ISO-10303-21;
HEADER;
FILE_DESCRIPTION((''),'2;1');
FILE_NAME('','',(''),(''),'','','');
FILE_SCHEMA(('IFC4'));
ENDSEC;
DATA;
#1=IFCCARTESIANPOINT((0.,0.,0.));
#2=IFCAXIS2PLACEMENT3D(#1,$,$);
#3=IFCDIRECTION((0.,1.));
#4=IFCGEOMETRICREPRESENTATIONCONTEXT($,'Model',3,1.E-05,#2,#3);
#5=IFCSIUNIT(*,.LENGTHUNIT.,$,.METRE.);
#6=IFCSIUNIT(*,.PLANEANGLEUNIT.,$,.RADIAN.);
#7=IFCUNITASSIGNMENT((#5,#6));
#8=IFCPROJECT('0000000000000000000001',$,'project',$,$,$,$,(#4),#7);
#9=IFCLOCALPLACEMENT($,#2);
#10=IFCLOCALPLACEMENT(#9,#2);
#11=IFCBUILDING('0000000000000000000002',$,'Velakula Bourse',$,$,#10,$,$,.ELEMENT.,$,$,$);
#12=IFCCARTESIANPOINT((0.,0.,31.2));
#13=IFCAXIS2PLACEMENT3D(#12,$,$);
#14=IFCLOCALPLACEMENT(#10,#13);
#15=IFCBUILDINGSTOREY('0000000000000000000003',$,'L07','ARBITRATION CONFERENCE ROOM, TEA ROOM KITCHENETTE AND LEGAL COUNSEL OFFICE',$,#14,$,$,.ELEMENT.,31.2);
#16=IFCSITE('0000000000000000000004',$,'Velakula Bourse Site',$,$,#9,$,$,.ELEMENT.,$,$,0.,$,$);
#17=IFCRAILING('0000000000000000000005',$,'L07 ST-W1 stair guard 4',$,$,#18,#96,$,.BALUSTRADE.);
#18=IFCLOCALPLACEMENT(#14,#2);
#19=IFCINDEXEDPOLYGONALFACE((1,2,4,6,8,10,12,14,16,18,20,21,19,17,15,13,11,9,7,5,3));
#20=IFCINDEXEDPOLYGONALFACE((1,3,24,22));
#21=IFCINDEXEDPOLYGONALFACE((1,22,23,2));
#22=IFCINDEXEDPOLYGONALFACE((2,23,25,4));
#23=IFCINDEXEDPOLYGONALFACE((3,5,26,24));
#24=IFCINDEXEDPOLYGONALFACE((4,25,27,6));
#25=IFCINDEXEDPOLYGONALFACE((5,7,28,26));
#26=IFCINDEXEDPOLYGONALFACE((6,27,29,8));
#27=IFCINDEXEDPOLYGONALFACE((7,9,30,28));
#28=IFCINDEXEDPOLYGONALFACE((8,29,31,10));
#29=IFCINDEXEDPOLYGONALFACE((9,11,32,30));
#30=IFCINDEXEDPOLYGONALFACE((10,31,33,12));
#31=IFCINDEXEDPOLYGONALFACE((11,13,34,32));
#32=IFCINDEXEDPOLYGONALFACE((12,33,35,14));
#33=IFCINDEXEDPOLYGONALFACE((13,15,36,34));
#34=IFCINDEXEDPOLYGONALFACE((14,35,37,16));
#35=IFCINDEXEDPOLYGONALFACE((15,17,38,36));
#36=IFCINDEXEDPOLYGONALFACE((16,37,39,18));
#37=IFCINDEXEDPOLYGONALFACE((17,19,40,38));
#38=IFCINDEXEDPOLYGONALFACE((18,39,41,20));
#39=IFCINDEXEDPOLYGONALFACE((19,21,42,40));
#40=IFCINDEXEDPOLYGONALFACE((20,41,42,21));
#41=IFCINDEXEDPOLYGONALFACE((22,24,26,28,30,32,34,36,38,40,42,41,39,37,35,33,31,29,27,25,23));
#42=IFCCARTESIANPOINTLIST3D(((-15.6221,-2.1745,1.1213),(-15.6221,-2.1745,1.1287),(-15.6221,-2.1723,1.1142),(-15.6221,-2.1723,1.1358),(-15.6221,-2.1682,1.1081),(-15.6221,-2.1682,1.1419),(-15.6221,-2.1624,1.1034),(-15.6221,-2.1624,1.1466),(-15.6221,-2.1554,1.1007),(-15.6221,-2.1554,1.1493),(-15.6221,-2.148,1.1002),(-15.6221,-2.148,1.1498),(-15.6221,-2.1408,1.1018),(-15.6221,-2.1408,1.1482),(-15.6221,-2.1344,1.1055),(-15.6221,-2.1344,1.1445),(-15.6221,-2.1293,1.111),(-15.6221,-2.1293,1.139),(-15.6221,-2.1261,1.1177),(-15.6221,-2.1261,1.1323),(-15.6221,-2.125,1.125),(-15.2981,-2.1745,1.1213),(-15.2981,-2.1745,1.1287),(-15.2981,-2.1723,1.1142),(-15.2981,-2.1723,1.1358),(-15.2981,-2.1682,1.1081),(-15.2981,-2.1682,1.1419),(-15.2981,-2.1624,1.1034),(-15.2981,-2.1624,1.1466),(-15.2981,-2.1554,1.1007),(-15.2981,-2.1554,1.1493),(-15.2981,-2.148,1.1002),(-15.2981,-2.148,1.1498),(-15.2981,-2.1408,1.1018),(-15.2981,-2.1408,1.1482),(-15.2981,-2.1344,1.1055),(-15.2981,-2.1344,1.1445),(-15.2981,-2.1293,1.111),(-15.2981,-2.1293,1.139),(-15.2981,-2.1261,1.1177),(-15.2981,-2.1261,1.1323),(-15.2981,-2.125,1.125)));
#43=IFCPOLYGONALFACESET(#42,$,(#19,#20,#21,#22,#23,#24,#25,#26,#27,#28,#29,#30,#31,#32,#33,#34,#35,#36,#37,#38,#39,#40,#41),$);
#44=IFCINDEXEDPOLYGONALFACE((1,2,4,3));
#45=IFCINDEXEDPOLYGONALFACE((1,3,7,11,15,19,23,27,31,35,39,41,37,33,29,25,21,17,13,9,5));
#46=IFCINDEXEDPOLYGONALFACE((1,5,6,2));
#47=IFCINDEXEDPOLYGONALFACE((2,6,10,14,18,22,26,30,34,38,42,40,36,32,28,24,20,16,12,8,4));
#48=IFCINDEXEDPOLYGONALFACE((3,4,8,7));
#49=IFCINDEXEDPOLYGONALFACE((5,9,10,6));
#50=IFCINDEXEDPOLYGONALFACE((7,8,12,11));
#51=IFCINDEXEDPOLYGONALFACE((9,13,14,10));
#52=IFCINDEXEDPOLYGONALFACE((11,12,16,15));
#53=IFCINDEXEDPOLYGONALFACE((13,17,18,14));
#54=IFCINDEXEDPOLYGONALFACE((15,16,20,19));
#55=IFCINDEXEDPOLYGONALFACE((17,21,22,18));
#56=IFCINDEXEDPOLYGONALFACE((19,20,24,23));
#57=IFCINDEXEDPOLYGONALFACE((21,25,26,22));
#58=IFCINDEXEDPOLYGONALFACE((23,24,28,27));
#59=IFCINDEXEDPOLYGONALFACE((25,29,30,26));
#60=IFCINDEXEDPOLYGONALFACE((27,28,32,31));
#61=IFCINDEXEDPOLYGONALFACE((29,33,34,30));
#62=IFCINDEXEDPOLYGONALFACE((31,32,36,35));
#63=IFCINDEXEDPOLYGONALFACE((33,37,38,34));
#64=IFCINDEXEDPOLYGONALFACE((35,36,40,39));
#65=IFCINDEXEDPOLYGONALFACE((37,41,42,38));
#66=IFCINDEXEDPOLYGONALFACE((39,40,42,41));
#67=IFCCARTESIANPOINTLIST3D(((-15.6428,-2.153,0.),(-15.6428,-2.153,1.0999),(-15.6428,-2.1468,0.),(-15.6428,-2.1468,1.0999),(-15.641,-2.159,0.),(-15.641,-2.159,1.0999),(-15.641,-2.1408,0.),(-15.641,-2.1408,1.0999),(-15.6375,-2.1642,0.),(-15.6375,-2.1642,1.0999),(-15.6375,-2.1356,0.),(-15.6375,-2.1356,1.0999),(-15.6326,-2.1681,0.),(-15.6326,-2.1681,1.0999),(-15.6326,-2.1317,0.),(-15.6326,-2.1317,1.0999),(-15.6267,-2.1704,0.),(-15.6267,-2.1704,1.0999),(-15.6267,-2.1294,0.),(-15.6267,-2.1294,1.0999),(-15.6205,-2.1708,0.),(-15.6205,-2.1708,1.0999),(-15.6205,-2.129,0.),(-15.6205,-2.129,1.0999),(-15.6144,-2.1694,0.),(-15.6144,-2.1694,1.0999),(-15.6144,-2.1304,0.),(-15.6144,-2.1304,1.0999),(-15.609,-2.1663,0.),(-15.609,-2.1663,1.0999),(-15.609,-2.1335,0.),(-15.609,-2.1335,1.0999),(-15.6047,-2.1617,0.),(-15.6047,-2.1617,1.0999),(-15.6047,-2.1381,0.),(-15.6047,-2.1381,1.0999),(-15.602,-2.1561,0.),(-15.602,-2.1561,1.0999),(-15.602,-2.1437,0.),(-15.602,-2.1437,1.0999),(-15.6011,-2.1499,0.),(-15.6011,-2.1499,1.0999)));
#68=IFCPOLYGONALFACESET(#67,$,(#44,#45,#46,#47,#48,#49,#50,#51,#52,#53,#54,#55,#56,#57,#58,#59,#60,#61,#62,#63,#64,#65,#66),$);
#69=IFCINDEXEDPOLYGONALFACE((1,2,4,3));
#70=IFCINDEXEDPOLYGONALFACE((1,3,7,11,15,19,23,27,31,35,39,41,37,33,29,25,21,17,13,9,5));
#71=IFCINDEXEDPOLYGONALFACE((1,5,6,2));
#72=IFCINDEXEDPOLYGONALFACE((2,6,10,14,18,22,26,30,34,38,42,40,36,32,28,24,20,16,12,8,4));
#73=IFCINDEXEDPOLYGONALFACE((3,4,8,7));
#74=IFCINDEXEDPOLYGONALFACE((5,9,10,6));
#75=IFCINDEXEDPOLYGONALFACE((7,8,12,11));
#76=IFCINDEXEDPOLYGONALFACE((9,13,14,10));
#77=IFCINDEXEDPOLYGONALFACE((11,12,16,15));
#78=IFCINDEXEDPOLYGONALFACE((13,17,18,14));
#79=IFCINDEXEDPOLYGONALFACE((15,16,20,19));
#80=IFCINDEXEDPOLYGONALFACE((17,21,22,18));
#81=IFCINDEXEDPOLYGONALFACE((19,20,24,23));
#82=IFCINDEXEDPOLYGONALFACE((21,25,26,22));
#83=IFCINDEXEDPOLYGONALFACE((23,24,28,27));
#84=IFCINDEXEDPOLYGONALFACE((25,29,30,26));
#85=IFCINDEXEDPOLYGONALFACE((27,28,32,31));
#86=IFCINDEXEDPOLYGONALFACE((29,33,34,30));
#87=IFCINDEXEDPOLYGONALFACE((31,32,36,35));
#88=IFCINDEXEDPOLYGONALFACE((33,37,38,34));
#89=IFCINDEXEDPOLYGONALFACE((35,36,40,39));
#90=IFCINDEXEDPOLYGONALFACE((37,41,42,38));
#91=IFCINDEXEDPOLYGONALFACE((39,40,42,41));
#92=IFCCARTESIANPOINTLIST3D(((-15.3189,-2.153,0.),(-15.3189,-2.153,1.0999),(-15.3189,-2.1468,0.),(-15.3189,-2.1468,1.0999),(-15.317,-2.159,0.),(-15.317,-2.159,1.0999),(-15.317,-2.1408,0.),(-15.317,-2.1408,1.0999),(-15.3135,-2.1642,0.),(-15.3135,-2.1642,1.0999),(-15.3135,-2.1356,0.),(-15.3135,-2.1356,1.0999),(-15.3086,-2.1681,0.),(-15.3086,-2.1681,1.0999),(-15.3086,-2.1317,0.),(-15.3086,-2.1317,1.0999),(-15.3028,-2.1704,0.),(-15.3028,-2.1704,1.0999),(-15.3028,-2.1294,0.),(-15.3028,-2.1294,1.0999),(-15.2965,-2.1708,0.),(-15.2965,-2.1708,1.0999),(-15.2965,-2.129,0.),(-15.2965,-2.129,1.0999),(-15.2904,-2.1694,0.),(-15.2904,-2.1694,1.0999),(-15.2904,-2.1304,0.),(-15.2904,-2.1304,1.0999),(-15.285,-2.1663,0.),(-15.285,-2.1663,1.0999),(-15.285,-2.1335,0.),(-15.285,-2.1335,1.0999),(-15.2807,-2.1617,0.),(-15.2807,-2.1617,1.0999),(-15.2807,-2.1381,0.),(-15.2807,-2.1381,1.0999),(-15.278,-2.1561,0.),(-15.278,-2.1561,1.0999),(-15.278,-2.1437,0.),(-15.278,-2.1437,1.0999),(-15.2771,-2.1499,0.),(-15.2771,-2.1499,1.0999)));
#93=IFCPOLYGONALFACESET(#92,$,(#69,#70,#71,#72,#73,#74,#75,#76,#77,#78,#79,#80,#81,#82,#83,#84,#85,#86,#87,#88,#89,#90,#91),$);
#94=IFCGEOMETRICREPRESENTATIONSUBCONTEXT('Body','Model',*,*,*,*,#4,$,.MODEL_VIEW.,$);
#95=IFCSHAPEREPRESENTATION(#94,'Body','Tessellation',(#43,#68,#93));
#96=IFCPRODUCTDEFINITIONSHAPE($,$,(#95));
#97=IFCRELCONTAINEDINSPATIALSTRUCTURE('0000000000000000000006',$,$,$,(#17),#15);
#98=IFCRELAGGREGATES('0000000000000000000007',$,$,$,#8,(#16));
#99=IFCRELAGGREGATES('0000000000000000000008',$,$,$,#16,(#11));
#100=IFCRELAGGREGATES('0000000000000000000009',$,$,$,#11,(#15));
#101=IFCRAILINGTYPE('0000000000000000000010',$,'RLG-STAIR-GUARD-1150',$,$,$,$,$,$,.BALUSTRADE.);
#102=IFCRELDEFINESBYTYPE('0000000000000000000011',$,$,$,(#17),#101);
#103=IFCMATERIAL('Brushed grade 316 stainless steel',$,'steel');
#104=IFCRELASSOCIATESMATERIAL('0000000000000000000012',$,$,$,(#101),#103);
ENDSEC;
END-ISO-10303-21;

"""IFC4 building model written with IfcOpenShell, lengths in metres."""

from ifc_helpers import new_model, si_unit, direction, frame, origin, origin_2d, place, context, subcontext, project, spatial, circle, extrude, material, type_object, element, save


model = new_model("IFC4")

# Units and contexts
model_context = context("Model", 3, precision=1e-05, world=origin(), true_north=direction((0.0, 1.0)))
body_context = subcontext(model_context, "Body", "Model", "MODEL_VIEW")
ifc_project = project(units=[si_unit("LENGTHUNIT", "METRE"), si_unit("PLANEANGLEUNIT", "RADIAN")], contexts=[model_context])

# Site, building, storey
site_placement = place(None, origin())
site = spatial("IfcSite", under=ifc_project, at=site_placement, Name="Velakula Bourse Site", CompositionType="ELEMENT", RefElevation=0.0)
building_placement = place(site_placement, origin())
building = spatial("IfcBuilding", under=site, at=building_placement, Name="Velakula Bourse", CompositionType="ELEMENT")
storey_placement = place(building_placement, frame((0.0, 0.0, 31.2)))
storey = spatial("IfcBuildingStorey", under=building, at=storey_placement, Name="L07", Description="ARBITRATION CONFERENCE ROOM, TEA ROOM KITCHENETTE AND LEGAL COUNSEL OFFICE", CompositionType="ELEMENT", Elevation=31.2)

# Shared definitions
ifc_material_1 = material(Name="Brushed grade 316 stainless steel", Category="steel")

# Railing
railing_type_1 = type_object("IfcRailingType", Name="RLG-STAIR-GUARD-1150", PredefinedType="BALUSTRADE", material=ifc_material_1)
railing_1_placement = place(storey_placement, frame((-15.6221, -2.1499, 0.0)))
element("IfcRailing", 1, at=railing_1_placement, inside=storey, type_object=railing_type_1, Name="L07 ST-W1 stair guard 4", PredefinedType="BALUSTRADE", context=body_context, shape_type="SweptSolid", body=[
    extrude(circle(Radius=0.0249, at=origin_2d()), frame((0.0, 0.0, 1.125), z_axis=(1.0, 0.0, 0.0), x_axis=(0.0, 1.0, 0.0)), (0.0, 0.0, 1.0), 0.324),
    extrude(circle(Radius=0.021, at=origin_2d()), origin(), (0.0, 0.0, 1.0), 1.0999),
    extrude(circle(Radius=0.021, at=origin_2d()), frame((0.324, 0.0, 0.0)), (0.0, 0.0, 1.0), 1.0999),
])

save(model, "model.ifc")
